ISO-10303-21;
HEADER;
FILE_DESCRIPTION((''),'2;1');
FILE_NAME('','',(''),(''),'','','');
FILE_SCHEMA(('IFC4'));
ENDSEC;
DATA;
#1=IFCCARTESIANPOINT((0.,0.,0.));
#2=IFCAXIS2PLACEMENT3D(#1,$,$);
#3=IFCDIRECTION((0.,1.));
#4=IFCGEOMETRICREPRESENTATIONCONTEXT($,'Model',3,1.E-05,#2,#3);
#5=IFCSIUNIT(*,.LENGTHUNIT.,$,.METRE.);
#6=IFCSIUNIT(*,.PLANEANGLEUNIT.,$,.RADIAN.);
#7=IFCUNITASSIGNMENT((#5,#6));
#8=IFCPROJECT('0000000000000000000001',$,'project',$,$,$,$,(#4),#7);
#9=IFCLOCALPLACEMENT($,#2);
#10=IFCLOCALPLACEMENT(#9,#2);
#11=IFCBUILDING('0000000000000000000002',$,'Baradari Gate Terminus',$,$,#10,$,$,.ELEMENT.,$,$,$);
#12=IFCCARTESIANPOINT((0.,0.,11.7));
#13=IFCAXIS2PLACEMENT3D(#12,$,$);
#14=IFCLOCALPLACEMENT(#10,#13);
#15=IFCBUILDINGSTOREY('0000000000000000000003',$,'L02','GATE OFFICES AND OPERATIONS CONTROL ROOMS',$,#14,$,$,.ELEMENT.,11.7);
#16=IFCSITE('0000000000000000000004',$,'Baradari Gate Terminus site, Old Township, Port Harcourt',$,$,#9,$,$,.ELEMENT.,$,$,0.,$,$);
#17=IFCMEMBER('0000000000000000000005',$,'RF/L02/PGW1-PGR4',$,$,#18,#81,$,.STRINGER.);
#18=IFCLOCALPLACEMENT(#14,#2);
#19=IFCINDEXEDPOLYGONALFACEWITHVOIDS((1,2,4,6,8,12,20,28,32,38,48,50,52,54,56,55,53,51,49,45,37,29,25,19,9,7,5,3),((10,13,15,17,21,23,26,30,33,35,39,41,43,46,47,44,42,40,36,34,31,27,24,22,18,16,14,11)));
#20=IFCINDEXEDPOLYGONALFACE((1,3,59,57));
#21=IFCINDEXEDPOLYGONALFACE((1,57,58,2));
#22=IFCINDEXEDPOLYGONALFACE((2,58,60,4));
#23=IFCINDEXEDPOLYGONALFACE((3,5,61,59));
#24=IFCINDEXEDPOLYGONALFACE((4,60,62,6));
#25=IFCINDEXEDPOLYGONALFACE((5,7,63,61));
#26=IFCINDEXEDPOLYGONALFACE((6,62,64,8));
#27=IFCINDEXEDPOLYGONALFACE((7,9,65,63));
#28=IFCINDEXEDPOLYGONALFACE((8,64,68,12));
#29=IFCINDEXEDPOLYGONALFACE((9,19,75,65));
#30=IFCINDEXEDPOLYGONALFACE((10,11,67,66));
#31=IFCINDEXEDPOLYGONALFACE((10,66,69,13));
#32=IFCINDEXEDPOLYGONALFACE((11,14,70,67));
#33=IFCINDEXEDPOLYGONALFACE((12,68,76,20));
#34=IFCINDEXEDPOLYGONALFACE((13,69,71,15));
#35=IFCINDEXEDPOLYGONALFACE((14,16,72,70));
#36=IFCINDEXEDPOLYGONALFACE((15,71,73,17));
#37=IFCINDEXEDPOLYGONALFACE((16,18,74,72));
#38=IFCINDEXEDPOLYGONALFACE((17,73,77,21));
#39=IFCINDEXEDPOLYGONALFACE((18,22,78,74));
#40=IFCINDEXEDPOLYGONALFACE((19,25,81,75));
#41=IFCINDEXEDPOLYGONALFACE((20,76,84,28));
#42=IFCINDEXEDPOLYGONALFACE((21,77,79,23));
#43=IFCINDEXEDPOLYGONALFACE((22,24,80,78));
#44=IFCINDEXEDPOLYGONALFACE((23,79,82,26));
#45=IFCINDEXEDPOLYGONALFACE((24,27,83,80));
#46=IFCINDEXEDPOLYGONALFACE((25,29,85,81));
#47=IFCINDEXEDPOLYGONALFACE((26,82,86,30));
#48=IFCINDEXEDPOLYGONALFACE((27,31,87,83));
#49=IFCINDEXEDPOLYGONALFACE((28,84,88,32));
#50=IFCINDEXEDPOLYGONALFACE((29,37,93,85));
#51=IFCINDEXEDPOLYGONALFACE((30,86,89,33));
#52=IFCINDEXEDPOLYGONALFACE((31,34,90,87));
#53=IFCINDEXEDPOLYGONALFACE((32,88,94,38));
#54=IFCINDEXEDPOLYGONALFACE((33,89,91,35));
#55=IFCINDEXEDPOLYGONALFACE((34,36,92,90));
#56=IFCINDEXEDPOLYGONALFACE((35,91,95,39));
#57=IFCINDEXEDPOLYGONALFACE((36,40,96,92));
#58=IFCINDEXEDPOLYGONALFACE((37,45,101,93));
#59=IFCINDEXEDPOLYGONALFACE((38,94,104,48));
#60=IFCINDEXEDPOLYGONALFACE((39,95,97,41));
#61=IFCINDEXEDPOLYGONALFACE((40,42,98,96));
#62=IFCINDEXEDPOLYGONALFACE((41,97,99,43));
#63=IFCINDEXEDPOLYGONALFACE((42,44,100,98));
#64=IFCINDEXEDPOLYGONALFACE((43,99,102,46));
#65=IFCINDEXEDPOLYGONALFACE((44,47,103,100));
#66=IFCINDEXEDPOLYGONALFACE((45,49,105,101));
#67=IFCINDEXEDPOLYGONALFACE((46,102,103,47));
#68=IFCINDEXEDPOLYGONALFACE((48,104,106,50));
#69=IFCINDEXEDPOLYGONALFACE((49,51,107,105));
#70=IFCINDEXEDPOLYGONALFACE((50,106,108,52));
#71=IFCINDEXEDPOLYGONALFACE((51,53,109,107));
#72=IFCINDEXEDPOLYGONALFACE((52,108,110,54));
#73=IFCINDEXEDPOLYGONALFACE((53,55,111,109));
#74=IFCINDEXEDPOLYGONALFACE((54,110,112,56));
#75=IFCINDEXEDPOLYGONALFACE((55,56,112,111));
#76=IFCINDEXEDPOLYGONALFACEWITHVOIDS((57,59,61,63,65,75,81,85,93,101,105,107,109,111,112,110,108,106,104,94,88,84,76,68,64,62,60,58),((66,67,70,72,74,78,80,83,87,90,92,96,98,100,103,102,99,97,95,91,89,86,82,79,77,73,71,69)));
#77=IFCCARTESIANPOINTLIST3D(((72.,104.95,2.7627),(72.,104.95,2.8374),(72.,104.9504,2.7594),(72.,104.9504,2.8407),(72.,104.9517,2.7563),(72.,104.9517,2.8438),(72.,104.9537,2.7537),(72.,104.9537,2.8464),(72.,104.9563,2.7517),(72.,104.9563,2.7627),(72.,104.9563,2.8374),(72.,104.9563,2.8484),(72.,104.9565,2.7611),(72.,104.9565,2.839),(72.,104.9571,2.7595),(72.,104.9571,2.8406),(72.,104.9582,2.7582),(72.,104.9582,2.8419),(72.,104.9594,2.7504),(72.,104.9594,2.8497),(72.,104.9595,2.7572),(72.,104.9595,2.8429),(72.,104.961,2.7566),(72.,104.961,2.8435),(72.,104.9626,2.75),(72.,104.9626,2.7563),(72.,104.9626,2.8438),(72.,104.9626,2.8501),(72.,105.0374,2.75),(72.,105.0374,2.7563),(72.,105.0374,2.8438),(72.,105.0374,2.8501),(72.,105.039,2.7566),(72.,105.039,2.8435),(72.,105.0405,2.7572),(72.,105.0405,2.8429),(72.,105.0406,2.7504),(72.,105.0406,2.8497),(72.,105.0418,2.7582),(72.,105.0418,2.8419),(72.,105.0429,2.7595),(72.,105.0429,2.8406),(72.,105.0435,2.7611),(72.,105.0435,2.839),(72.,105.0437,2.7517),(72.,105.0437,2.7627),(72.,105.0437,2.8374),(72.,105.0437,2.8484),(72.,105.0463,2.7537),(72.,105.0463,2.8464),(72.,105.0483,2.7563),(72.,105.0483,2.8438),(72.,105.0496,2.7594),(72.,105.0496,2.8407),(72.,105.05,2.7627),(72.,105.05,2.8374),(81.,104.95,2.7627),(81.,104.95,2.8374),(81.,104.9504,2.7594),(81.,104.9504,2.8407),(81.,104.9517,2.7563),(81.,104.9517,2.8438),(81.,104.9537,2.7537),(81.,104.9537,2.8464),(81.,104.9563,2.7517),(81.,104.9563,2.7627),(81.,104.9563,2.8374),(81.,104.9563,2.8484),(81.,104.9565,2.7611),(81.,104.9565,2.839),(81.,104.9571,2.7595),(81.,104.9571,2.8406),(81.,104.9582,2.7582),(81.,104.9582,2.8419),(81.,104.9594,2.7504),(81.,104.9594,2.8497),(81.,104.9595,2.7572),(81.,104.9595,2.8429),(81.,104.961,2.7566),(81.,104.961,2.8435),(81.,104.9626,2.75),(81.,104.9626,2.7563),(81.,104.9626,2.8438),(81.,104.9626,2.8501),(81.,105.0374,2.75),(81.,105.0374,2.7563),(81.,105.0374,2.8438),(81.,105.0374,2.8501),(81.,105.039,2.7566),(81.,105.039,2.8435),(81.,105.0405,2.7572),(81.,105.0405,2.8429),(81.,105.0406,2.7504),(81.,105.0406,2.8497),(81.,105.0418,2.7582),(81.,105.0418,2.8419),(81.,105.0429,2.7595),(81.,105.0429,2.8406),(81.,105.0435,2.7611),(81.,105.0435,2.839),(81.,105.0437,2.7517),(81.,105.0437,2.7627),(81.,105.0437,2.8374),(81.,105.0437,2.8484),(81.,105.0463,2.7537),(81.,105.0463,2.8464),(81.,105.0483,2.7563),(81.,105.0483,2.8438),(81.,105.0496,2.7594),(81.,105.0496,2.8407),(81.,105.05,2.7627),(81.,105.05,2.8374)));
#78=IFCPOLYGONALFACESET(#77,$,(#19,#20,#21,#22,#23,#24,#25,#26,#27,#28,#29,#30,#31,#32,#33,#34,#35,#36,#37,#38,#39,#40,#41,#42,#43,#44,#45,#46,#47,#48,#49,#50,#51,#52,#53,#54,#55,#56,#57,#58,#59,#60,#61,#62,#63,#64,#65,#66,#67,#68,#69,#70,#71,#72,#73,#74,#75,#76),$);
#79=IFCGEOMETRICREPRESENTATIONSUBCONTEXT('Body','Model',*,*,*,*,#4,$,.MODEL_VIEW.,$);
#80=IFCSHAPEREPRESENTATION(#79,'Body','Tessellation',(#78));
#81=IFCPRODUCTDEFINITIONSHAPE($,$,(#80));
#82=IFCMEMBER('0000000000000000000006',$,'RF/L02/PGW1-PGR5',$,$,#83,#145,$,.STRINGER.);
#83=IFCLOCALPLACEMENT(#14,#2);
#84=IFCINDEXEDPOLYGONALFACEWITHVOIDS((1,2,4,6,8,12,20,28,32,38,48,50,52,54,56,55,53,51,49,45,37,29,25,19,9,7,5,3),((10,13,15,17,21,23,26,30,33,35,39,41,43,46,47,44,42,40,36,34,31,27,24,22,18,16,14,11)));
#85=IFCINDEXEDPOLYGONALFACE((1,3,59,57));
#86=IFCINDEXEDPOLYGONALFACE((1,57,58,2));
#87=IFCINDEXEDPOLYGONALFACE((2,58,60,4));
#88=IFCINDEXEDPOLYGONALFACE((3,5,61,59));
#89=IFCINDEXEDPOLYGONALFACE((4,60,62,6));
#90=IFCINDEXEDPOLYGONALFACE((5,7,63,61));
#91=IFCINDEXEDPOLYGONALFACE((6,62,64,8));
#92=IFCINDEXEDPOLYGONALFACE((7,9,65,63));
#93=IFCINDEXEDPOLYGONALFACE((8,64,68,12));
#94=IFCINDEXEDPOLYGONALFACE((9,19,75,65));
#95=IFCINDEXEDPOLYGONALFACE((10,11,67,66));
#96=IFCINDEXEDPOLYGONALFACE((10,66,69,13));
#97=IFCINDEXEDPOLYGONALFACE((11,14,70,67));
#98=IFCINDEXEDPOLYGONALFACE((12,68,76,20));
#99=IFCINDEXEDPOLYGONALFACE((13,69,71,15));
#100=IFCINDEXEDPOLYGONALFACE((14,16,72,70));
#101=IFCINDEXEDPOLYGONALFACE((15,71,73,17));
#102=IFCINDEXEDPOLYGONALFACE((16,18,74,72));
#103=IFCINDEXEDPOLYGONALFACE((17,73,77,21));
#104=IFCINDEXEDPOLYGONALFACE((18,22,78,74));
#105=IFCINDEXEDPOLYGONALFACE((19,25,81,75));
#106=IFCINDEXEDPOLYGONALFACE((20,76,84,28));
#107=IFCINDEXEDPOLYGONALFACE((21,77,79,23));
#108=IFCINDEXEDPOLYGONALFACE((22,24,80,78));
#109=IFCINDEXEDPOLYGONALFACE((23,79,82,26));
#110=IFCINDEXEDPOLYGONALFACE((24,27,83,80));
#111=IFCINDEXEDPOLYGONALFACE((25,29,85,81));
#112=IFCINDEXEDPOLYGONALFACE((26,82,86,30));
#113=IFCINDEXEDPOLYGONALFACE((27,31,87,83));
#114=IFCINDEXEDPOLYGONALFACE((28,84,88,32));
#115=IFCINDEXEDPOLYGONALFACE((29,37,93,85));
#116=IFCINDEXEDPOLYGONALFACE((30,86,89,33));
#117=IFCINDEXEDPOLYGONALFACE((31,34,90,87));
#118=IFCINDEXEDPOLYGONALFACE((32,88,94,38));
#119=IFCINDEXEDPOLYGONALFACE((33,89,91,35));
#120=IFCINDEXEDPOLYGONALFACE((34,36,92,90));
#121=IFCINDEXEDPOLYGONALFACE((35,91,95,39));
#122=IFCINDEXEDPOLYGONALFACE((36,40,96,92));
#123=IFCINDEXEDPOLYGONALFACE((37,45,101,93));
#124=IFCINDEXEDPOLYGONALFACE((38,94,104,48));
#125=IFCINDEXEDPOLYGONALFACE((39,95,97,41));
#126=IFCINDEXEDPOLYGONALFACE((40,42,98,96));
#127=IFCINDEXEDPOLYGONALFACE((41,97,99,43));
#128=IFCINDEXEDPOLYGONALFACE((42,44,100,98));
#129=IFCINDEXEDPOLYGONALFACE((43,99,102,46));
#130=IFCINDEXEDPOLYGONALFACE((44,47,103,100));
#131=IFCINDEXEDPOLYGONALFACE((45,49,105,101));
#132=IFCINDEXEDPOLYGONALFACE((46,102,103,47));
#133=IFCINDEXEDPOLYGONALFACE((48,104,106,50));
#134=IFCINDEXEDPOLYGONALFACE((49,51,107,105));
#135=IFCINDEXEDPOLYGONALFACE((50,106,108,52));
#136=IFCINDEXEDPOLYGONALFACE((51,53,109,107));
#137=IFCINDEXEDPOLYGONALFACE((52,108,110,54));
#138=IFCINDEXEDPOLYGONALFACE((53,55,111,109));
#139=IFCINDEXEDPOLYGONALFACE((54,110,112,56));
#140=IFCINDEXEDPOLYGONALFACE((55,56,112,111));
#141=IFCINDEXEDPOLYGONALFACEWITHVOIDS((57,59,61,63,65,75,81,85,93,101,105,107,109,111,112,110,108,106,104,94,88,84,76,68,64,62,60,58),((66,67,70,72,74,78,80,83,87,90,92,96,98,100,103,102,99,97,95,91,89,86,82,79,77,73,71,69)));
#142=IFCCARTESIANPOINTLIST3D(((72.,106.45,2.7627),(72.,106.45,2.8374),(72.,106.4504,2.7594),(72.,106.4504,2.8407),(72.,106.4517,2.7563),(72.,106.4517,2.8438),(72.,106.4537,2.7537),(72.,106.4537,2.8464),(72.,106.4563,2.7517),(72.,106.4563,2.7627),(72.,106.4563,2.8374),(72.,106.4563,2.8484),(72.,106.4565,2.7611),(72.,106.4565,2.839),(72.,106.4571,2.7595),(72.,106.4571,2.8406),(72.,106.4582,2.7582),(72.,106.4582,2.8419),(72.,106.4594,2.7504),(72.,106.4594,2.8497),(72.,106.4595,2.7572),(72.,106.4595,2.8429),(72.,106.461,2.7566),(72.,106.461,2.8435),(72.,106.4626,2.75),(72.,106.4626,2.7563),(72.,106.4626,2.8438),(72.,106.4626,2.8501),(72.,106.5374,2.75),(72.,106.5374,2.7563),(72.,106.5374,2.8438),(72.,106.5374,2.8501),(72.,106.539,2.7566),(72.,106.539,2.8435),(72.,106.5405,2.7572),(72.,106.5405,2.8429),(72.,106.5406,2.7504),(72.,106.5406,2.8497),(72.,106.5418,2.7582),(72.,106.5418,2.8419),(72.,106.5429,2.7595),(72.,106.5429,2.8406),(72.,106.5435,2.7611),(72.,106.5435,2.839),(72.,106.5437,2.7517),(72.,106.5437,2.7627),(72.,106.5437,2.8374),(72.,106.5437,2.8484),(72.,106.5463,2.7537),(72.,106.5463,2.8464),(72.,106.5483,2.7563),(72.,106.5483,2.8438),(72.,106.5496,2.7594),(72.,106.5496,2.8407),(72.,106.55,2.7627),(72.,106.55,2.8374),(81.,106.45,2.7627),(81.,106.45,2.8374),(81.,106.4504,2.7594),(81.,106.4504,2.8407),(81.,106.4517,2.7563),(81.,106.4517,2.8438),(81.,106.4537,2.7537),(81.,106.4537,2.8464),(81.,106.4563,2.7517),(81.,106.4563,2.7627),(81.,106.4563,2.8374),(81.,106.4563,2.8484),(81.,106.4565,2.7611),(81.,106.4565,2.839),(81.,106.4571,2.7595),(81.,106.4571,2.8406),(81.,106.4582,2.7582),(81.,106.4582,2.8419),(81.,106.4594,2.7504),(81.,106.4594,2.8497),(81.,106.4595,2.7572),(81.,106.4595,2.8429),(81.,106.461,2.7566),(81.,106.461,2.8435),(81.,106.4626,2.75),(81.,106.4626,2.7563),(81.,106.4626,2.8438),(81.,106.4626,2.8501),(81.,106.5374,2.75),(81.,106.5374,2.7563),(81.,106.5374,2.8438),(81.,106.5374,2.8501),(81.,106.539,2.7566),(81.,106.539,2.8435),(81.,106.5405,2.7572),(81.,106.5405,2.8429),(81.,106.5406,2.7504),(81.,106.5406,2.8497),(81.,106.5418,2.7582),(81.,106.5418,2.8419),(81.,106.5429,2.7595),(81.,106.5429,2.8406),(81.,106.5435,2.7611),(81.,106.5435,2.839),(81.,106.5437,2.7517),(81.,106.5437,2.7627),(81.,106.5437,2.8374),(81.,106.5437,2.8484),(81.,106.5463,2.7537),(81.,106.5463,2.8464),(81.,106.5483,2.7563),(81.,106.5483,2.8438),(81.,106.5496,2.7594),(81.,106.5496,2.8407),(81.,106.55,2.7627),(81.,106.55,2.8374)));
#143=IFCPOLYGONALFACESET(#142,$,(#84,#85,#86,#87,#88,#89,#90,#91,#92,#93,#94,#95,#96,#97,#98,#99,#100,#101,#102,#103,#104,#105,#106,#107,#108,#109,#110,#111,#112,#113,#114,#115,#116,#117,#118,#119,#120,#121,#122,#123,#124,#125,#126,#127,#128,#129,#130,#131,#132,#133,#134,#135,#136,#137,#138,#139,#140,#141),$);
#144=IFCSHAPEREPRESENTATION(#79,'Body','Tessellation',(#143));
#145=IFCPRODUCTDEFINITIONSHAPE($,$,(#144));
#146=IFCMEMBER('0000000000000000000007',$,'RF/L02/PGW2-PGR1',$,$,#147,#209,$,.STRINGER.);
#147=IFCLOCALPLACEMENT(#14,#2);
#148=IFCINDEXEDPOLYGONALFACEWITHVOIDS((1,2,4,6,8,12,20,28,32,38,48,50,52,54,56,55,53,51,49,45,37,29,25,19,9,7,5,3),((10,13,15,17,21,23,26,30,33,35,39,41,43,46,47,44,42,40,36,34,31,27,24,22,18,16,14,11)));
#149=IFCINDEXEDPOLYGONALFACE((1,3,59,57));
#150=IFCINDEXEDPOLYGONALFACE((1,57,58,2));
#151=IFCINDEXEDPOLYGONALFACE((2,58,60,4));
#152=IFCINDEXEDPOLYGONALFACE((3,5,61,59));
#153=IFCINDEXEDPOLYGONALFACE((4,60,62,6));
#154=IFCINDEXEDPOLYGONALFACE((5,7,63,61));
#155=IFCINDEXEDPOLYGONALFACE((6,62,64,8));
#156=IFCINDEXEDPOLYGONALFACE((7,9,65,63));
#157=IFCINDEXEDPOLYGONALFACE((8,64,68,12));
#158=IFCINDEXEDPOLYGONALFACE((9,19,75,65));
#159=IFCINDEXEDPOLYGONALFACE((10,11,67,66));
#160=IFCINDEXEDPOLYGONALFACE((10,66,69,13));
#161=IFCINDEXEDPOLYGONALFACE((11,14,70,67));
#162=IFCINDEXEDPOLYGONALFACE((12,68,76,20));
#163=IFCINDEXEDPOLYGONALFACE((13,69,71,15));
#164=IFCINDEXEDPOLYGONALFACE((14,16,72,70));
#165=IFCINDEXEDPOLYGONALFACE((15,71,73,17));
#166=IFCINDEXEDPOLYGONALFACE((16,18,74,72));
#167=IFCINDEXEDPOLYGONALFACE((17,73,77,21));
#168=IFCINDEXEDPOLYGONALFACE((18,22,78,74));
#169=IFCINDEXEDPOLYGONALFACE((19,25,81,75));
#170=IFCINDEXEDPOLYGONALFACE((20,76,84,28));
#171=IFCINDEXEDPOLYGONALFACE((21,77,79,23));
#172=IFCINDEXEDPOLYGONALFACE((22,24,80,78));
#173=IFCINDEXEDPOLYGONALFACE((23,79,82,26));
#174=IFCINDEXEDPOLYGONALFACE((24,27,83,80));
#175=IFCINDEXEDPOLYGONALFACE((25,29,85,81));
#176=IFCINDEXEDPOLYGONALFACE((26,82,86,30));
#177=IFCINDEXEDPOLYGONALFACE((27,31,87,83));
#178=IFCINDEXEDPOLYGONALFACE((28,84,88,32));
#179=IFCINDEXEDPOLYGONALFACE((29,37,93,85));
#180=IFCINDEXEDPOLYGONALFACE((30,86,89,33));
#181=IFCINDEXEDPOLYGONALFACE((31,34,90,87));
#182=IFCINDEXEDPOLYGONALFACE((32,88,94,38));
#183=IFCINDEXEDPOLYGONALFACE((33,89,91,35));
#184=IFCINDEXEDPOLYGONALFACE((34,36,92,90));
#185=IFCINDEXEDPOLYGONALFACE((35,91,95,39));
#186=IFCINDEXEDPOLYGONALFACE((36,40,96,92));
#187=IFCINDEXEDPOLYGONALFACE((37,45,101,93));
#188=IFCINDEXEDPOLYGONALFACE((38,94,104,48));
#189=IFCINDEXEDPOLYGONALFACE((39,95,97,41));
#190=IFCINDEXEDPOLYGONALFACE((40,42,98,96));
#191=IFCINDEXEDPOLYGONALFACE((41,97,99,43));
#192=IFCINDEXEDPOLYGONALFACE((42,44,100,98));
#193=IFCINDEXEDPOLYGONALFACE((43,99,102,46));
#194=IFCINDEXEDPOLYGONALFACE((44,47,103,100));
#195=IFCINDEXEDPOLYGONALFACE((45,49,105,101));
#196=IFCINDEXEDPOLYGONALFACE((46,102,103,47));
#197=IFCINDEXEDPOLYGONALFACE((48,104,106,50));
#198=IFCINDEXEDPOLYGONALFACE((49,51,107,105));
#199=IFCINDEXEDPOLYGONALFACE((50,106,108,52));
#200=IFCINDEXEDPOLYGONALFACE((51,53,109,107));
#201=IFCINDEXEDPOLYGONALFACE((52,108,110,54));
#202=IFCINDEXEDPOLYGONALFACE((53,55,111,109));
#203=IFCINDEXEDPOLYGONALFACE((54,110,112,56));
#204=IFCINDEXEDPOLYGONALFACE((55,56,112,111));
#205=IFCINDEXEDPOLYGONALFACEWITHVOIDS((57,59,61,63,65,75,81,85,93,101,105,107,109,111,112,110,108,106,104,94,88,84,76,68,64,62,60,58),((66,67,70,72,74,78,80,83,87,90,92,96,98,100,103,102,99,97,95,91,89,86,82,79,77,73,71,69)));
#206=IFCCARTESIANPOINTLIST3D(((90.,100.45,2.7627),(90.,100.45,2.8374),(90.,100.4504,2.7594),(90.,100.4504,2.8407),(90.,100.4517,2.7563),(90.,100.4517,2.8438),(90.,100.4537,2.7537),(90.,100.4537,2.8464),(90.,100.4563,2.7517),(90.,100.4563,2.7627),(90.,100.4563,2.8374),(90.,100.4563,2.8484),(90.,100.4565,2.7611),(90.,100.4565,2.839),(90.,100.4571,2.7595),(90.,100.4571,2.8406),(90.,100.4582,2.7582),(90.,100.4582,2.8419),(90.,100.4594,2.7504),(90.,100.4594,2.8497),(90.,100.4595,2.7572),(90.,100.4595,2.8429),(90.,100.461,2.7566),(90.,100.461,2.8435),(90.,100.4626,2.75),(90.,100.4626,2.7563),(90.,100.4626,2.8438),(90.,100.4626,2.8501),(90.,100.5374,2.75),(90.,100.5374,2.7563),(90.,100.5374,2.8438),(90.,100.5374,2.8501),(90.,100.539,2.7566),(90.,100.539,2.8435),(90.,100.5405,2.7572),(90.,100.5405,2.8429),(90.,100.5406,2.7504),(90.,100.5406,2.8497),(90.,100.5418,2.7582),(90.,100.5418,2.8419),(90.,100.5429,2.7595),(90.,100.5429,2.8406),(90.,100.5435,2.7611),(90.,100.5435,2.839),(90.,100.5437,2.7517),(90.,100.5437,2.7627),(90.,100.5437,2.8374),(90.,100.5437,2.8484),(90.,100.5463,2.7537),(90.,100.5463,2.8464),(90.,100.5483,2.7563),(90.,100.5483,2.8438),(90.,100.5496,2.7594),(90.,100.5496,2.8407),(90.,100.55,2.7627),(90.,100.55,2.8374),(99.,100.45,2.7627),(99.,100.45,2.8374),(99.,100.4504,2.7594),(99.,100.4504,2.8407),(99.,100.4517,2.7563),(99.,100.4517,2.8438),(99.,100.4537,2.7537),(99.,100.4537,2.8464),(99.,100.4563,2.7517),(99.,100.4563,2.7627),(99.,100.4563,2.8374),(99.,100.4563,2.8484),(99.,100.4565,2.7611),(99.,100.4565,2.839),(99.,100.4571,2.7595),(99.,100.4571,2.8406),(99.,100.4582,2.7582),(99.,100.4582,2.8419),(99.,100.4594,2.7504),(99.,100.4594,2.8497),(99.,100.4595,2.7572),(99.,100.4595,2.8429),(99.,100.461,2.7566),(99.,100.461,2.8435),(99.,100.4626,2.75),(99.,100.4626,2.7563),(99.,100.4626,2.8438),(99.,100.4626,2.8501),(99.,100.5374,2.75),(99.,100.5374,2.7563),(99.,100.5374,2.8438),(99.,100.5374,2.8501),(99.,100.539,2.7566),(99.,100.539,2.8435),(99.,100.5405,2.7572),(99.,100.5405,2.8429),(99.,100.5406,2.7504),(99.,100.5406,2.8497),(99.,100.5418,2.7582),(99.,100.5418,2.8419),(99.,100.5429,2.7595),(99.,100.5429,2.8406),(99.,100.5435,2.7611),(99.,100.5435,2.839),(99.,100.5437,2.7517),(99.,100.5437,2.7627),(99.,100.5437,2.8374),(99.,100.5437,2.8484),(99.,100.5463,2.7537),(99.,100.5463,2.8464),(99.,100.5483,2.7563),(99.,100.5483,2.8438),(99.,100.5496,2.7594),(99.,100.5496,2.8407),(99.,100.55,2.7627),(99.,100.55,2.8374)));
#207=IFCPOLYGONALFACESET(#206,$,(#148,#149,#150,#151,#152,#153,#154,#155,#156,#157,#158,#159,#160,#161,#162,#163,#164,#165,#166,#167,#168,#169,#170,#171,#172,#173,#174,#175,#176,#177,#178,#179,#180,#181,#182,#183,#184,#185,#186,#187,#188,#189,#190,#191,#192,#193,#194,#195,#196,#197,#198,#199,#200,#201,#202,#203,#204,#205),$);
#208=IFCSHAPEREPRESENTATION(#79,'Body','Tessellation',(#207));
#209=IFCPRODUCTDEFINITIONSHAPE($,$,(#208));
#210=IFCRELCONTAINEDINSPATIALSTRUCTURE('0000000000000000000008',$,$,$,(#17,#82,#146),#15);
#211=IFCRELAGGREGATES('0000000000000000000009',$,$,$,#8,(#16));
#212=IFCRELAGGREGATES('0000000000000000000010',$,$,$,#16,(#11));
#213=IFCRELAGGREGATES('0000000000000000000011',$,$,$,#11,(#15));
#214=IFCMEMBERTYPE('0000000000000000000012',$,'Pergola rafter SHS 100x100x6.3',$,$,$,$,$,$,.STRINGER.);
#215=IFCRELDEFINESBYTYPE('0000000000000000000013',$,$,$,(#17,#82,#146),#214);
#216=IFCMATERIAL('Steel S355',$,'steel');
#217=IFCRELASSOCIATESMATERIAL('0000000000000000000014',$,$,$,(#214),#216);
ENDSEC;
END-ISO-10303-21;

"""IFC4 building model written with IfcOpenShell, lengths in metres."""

from ifc_helpers import new_model, si_unit, direction, frame, origin, origin_2d, place, context, subcontext, project, spatial, hollow_rectangle, extrude, material, material_profile, profile_set, type_object, element, save


model = new_model("IFC4")

# Units and contexts
model_context = context("Model", 3, precision=1e-05, world=origin(), true_north=direction((0.0, 1.0)))
body_context = subcontext(model_context, "Body", "Model", "MODEL_VIEW")
ifc_project = project(units=[si_unit("LENGTHUNIT", "METRE"), si_unit("PLANEANGLEUNIT", "RADIAN")], contexts=[model_context])

# Site, building, storey
site_placement = place(None, origin())
site = spatial("IfcSite", under=ifc_project, at=site_placement, Name="Baradari Gate Terminus site, Old Township, Port Harcourt", CompositionType="ELEMENT", RefElevation=0.0)
building_placement = place(site_placement, origin())
building = spatial("IfcBuilding", under=site, at=building_placement, Name="Baradari Gate Terminus", CompositionType="ELEMENT")
storey_placement = place(building_placement, frame((0.0, 0.0, 11.7)))
storey = spatial("IfcBuildingStorey", under=building, at=storey_placement, Name="L02", Description="GATE OFFICES AND OPERATIONS CONTROL ROOMS", CompositionType="ELEMENT", Elevation=11.7)

# Members
ifc_material_1 = material(Name="Steel S355", Category="steel")
ifc_material_profile_1 = material_profile(ifc_material_1, hollow_rectangle(XDim=0.1001, YDim=0.1001, WallThickness=0.0063, InnerFilletRadius=0.0063, OuterFilletRadius=0.0127, at=origin_2d()), Name="SHS 100x100x6.3")
ifc_profile_set_1 = profile_set([ifc_material_profile_1], Name="Steel S355")
member_type = type_object("IfcMemberType", Name="Pergola rafter SHS 100x100x6.3", PredefinedType="STRINGER", material=ifc_profile_set_1)
for number, where, z_axis, x_axis, name in (
    (1, (72.0, 105.0, 2.8), (1.0, 0.0, 0.0), (0.0, 1.0, 0.0), "RF/L02/PGW1-PGR4"),
    (2, (72.0, 106.5, 2.8), (1.0, 0.0, 0.0), (0.0, 1.0, 0.0), "RF/L02/PGW1-PGR5"),
    (3, (90.0, 100.5, 2.8), (1.0, 0.0, 0.0), (0.0, 1.0, 0.0), "RF/L02/PGW2-PGR1"),
):
    element("IfcMember", number, at=place(storey_placement, frame(where, z_axis=z_axis, x_axis=x_axis)), inside=storey, type_object=member_type, Name=name, PredefinedType="STRINGER", context=body_context, shape_type="SweptSolid", body=[
        extrude(hollow_rectangle(XDim=0.1001, YDim=0.1001, WallThickness=0.0063, InnerFilletRadius=0.0063, OuterFilletRadius=0.0127, at=origin_2d()), origin(), (0.0, 0.0, 1.0), 9.0),
    ])

save(model, "model.ifc")
